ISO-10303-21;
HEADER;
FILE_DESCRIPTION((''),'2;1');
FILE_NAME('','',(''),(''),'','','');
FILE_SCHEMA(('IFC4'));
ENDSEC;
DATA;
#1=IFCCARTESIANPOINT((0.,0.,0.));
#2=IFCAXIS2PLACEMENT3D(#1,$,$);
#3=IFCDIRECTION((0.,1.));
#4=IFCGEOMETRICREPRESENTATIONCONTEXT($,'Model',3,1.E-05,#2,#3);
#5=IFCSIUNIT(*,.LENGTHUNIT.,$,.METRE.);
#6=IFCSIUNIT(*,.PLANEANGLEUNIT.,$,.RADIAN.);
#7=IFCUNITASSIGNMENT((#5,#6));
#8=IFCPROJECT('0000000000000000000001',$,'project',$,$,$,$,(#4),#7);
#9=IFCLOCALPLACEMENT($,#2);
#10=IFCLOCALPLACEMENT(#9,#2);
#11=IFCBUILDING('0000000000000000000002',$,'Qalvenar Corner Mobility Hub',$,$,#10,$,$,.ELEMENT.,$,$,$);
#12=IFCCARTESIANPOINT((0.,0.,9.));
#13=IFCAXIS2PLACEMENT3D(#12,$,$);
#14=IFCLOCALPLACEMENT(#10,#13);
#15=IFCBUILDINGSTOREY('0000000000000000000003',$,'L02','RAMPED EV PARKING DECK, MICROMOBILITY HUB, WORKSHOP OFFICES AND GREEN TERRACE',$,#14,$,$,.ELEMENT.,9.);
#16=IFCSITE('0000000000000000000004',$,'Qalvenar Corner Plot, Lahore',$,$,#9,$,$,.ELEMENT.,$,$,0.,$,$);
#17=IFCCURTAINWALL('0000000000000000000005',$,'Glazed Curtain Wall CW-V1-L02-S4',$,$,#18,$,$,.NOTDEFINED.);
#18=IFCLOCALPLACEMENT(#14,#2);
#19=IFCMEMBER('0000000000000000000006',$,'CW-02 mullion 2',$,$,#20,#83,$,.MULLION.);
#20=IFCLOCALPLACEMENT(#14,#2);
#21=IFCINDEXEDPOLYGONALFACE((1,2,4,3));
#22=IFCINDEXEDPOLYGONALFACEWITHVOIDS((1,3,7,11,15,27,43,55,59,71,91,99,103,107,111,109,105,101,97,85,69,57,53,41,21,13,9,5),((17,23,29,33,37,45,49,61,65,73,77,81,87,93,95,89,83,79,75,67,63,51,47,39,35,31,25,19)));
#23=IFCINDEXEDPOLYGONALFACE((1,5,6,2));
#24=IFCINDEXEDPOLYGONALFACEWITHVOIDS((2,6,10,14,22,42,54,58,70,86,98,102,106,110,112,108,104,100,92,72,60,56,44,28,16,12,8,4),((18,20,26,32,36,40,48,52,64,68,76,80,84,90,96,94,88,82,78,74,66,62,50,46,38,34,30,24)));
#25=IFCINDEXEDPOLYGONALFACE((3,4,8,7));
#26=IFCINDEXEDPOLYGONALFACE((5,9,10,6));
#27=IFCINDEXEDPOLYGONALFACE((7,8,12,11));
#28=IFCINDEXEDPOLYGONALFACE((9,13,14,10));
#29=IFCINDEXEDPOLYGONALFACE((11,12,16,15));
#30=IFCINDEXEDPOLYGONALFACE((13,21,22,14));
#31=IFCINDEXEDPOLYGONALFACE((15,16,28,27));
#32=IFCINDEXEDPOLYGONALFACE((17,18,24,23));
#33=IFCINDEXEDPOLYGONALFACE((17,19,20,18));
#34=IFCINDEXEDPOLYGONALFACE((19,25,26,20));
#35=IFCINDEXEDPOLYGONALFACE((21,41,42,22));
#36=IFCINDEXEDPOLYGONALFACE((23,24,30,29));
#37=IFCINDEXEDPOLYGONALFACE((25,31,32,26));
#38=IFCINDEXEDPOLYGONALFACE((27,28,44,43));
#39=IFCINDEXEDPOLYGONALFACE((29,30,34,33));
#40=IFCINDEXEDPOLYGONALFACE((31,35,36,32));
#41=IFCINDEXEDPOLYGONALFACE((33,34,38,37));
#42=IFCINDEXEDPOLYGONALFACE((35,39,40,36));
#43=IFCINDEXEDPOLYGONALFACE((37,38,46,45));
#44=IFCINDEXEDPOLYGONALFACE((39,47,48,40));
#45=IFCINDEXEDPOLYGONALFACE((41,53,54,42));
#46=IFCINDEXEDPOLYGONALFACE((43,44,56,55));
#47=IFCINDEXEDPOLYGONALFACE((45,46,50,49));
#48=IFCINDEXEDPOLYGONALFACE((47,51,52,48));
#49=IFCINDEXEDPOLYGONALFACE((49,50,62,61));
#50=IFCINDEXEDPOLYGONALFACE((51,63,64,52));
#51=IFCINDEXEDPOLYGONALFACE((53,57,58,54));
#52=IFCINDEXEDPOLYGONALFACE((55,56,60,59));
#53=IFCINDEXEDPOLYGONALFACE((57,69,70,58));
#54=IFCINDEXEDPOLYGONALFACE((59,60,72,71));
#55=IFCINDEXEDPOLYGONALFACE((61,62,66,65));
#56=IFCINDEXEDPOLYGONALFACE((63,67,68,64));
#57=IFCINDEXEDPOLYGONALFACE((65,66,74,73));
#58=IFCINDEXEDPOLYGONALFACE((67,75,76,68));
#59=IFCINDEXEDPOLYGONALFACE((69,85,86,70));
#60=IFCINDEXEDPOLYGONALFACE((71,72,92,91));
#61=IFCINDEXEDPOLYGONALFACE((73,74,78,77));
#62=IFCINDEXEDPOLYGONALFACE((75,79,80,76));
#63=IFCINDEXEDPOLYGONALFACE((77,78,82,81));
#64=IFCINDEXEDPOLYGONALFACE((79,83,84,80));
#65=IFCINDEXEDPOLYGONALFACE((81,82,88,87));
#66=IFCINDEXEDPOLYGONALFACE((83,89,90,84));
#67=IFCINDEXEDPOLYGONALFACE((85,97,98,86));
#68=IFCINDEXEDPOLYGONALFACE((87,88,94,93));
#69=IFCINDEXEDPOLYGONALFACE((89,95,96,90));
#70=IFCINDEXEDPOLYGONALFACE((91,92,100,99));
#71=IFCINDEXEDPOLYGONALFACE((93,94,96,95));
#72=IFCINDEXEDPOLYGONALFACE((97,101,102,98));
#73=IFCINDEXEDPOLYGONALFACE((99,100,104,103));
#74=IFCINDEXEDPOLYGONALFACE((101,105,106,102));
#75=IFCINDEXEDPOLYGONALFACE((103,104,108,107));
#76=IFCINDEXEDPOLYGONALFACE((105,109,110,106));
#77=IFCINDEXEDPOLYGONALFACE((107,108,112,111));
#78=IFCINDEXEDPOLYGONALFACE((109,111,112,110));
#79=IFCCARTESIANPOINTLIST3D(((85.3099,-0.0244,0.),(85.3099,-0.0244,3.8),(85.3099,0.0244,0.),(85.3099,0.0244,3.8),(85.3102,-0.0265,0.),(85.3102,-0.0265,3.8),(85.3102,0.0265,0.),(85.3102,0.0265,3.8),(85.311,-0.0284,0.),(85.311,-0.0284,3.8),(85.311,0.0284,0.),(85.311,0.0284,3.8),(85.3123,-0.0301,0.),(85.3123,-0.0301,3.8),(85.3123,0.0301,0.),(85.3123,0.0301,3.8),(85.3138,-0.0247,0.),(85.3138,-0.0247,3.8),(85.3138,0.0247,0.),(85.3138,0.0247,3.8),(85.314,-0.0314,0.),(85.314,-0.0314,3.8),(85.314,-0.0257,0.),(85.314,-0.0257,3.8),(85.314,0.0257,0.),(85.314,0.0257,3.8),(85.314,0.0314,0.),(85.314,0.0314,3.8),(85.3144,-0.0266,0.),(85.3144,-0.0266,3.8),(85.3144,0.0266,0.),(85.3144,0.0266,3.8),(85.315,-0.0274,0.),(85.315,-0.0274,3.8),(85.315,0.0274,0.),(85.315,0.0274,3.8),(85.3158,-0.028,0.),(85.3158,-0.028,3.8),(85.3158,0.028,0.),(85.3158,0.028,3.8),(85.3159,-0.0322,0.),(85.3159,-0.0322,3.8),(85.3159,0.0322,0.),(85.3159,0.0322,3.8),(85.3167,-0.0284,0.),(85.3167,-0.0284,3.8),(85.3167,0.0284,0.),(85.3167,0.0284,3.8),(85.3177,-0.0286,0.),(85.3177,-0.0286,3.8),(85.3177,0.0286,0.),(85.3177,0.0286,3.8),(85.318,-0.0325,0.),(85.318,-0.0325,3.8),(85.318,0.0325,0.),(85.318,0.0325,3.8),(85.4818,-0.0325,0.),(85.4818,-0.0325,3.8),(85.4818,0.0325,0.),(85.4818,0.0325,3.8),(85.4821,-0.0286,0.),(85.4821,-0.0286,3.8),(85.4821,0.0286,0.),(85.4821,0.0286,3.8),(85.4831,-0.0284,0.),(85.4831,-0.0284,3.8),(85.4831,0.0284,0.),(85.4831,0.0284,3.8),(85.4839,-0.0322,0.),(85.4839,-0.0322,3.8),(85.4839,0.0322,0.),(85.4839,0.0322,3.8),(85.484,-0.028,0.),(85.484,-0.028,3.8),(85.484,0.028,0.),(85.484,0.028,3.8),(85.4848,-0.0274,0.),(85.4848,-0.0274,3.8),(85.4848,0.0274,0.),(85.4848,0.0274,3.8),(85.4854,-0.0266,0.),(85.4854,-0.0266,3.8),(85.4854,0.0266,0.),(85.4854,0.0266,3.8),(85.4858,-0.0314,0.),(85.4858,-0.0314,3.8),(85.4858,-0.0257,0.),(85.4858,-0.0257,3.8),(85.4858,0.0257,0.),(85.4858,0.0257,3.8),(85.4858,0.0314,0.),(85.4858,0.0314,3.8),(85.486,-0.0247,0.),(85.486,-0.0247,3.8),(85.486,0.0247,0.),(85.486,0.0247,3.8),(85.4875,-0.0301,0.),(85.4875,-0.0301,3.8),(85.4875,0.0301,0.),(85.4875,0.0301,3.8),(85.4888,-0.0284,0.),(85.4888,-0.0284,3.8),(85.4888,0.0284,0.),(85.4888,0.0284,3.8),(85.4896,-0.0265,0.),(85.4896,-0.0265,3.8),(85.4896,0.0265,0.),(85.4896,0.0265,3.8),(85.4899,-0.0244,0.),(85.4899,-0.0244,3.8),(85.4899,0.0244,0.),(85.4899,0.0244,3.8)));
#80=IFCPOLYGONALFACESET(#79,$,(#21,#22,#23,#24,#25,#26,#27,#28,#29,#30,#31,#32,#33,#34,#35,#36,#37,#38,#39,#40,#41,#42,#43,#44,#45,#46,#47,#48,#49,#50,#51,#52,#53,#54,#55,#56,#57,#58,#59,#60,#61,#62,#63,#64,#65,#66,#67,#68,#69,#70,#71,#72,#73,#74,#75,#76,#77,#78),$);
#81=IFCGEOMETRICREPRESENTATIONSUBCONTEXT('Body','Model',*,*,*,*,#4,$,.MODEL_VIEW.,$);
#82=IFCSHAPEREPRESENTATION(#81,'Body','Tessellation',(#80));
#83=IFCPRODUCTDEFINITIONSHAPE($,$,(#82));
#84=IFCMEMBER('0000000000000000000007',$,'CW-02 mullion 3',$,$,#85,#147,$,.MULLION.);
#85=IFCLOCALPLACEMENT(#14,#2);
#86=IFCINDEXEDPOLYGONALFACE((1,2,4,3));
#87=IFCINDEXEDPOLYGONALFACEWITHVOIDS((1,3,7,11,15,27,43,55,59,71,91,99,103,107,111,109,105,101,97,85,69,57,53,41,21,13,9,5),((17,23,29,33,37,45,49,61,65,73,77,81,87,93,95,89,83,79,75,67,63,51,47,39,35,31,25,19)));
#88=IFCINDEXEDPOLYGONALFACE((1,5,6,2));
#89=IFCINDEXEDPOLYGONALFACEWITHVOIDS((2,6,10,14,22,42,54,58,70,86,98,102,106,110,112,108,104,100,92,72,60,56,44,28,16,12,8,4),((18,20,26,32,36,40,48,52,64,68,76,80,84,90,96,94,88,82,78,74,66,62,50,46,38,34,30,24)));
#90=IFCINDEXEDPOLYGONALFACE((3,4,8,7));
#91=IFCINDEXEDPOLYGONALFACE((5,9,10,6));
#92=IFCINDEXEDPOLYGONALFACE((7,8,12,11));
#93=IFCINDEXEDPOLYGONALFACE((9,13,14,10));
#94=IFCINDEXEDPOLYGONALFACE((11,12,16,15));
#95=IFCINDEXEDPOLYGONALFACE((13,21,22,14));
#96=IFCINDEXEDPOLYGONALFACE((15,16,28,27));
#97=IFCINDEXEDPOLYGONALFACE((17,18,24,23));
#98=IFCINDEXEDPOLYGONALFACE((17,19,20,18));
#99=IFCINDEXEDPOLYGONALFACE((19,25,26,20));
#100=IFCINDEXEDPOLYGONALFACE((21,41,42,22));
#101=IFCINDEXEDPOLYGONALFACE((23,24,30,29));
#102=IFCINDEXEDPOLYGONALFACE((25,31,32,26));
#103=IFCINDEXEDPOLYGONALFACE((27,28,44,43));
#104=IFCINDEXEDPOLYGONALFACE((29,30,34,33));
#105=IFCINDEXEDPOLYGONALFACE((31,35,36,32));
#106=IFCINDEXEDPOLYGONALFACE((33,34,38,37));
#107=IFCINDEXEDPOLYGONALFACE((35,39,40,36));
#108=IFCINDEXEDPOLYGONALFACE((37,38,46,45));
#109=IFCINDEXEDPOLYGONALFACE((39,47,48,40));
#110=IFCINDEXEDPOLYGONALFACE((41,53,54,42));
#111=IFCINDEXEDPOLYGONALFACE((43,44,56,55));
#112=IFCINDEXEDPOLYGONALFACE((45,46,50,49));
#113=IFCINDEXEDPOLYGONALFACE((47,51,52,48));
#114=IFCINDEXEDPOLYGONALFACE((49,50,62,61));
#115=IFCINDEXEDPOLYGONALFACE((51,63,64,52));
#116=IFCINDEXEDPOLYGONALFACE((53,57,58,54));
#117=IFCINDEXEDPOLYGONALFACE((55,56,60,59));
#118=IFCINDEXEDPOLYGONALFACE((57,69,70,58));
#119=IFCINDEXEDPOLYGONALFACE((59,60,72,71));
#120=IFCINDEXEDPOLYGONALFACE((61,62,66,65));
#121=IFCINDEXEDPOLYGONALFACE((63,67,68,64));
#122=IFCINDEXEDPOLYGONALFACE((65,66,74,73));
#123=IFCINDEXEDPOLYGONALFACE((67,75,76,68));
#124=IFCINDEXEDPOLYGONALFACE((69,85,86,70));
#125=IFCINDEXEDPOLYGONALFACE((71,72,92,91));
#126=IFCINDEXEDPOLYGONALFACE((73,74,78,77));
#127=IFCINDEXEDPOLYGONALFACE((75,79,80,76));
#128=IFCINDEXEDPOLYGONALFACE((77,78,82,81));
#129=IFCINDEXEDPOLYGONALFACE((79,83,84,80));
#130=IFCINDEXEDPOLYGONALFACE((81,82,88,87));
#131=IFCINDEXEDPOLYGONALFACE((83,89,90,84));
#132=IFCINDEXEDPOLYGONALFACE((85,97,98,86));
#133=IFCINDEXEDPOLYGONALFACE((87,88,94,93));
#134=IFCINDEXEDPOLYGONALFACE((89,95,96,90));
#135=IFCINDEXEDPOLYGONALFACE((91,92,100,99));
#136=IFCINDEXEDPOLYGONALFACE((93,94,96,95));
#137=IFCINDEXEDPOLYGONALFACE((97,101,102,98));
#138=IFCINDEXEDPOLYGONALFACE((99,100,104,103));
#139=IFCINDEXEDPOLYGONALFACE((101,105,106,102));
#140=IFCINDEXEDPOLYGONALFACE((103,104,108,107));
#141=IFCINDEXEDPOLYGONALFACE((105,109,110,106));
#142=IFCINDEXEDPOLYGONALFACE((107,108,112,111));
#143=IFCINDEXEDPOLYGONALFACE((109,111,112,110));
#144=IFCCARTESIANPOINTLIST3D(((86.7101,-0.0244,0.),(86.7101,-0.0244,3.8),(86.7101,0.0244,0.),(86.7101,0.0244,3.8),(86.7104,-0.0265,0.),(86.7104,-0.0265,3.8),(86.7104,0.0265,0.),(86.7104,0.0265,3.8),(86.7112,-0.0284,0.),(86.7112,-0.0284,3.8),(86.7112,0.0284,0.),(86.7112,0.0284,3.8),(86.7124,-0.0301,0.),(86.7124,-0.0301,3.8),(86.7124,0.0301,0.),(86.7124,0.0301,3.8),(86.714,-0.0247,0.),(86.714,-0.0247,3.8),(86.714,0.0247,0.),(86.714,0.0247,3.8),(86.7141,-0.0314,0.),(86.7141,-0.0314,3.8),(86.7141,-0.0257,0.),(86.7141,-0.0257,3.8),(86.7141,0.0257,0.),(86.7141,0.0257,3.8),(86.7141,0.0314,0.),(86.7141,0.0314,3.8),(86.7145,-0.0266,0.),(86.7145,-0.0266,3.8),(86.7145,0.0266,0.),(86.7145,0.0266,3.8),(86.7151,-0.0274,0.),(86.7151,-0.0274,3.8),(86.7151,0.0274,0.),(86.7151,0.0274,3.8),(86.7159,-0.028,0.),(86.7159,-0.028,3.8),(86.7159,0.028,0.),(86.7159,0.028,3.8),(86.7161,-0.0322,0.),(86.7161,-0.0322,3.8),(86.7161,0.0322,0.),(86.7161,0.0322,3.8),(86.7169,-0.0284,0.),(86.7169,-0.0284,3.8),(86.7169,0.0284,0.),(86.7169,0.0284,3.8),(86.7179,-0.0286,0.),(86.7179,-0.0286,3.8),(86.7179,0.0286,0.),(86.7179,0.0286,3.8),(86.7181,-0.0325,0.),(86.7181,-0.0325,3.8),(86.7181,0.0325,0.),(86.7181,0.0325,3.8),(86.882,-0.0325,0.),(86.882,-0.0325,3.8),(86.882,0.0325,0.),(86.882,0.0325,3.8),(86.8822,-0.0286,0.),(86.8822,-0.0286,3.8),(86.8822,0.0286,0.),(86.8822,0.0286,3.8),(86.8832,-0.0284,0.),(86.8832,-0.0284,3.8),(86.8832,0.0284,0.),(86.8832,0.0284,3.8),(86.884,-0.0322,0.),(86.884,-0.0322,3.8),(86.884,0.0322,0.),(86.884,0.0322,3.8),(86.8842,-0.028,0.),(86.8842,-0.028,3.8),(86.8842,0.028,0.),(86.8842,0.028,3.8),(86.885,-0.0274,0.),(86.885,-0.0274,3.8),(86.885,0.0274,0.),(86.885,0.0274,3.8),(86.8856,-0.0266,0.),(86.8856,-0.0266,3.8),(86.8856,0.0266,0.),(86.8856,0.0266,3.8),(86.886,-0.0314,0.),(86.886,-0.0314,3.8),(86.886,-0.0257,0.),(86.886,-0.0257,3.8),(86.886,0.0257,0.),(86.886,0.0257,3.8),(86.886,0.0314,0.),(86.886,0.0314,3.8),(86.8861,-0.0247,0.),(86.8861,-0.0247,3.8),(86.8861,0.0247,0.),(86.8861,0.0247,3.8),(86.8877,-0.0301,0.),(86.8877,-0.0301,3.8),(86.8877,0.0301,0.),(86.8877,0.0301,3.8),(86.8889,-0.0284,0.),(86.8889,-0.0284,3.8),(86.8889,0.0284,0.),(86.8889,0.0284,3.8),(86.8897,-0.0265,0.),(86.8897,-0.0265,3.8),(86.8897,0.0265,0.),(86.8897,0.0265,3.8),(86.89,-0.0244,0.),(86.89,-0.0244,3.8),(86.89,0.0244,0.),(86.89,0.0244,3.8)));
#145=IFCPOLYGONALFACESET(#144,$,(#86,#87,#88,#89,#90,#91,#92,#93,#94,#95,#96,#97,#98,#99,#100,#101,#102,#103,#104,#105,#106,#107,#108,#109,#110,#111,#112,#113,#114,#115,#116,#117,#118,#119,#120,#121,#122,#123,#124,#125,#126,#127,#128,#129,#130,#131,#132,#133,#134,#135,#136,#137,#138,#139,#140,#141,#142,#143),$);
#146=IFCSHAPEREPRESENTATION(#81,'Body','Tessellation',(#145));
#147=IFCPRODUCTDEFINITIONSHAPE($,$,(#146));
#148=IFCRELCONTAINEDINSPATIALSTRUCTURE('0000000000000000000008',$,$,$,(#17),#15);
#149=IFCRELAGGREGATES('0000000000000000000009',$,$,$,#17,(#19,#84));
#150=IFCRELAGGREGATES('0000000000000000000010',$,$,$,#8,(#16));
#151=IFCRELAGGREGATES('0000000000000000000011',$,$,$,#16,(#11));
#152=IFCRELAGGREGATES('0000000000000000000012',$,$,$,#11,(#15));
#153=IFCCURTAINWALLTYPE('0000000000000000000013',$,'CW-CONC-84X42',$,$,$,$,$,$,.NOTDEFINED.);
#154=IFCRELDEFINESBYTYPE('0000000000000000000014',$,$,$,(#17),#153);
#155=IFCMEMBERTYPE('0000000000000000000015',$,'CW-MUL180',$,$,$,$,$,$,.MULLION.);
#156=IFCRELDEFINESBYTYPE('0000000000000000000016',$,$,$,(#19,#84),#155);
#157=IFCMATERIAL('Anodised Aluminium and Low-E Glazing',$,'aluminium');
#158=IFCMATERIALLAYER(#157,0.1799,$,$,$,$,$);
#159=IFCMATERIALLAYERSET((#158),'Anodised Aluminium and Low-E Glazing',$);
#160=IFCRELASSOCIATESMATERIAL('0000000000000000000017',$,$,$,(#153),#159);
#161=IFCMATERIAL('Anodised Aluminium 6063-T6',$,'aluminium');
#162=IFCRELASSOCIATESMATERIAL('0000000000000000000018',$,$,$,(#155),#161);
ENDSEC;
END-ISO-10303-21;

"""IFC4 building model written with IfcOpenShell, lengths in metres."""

from ifc_helpers import new_model, si_unit, direction, frame, origin, origin_2d, place, context, subcontext, project, spatial, hollow_rectangle, extrude, material, layer, layer_set, material_profile, profile_set, type_object, element, aggregate, save


model = new_model("IFC4")

# Units and contexts
model_context = context("Model", 3, precision=1e-05, world=origin(), true_north=direction((0.0, 1.0)))
body_context = subcontext(model_context, "Body", "Model", "MODEL_VIEW")
ifc_project = project(units=[si_unit("LENGTHUNIT", "METRE"), si_unit("PLANEANGLEUNIT", "RADIAN")], contexts=[model_context])

# Site, building, storey
site_placement = place(None, origin())
site = spatial("IfcSite", under=ifc_project, at=site_placement, Name="Qalvenar Corner Plot, Lahore", CompositionType="ELEMENT", RefElevation=0.0)
building_placement = place(site_placement, origin())
building = spatial("IfcBuilding", under=site, at=building_placement, Name="Qalvenar Corner Mobility Hub", CompositionType="ELEMENT")
storey_placement = place(building_placement, frame((0.0, 0.0, 9.0)))
storey = spatial("IfcBuildingStorey", under=building, at=storey_placement, Name="L02", Description="RAMPED EV PARKING DECK, MICROMOBILITY HUB, WORKSHOP OFFICES AND GREEN TERRACE", CompositionType="ELEMENT", Elevation=9.0)

# Curtain wall, members
ifc_material_1 = material(Name="Anodised Aluminium and Low-E Glazing", Category="aluminium")
ifc_layer_1 = layer(ifc_material_1, 0.1799)
ifc_layer_set_1 = layer_set([ifc_layer_1], Name="Anodised Aluminium and Low-E Glazing")
curtain_wall_type = type_object("IfcCurtainWallType", Name="CW-CONC-84X42", PredefinedType="NOTDEFINED", material=ifc_layer_set_1)
curtain_wall_placement = place(storey_placement, origin())
curtain_wall = element("IfcCurtainWall", 1, at=curtain_wall_placement, inside=storey, type_object=curtain_wall_type, Name="Glazed Curtain Wall CW-V1-L02-S4", PredefinedType="NOTDEFINED")
ifc_material_2 = material(Name="Anodised Aluminium 6063-T6", Category="aluminium")
ifc_material_profile_1 = material_profile(ifc_material_2, hollow_rectangle(XDim=0.0649, YDim=0.1799, WallThickness=0.0039, InnerFilletRadius=0.0039, OuterFilletRadius=0.0081, at=origin_2d()), Name="RHS180x65x4")
ifc_profile_set_1 = profile_set([ifc_material_profile_1], Name="Anodised Aluminium 6063-T6")
member_type_1 = type_object("IfcMemberType", Name="CW-MUL180", PredefinedType="MULLION", material=ifc_profile_set_1)
member_1_placement = place(storey_placement, frame((85.3999, 0.0, 0.0), z_axis=(0.0, 0.0, 1.0), x_axis=(0.0, 1.0, 0.0)))
member_1 = element("IfcMember", 2, at=member_1_placement, type_object=member_type_1, Name="CW-02 mullion 2", PredefinedType="MULLION", context=body_context, shape_type="SweptSolid", body=[
    extrude(hollow_rectangle(XDim=0.0649, YDim=0.1799, WallThickness=0.0039, InnerFilletRadius=0.0039, OuterFilletRadius=0.0081, at=origin_2d()), origin(), (0.0, 0.0, 1.0), 3.8),
])
member_2_placement = place(storey_placement, frame((86.8, 0.0, 0.0), z_axis=(0.0, 0.0, 1.0), x_axis=(0.0, 1.0, 0.0)))
member_2 = element("IfcMember", 3, at=member_2_placement, type_object=member_type_1, Name="CW-02 mullion 3", PredefinedType="MULLION", context=body_context, shape_type="SweptSolid", body=[
    extrude(hollow_rectangle(XDim=0.0649, YDim=0.1799, WallThickness=0.0039, InnerFilletRadius=0.0039, OuterFilletRadius=0.0081, at=origin_2d()), origin(), (0.0, 0.0, 1.0), 3.8),
])
aggregate(curtain_wall, [member_1, member_2])

save(model, "model.ifc")
